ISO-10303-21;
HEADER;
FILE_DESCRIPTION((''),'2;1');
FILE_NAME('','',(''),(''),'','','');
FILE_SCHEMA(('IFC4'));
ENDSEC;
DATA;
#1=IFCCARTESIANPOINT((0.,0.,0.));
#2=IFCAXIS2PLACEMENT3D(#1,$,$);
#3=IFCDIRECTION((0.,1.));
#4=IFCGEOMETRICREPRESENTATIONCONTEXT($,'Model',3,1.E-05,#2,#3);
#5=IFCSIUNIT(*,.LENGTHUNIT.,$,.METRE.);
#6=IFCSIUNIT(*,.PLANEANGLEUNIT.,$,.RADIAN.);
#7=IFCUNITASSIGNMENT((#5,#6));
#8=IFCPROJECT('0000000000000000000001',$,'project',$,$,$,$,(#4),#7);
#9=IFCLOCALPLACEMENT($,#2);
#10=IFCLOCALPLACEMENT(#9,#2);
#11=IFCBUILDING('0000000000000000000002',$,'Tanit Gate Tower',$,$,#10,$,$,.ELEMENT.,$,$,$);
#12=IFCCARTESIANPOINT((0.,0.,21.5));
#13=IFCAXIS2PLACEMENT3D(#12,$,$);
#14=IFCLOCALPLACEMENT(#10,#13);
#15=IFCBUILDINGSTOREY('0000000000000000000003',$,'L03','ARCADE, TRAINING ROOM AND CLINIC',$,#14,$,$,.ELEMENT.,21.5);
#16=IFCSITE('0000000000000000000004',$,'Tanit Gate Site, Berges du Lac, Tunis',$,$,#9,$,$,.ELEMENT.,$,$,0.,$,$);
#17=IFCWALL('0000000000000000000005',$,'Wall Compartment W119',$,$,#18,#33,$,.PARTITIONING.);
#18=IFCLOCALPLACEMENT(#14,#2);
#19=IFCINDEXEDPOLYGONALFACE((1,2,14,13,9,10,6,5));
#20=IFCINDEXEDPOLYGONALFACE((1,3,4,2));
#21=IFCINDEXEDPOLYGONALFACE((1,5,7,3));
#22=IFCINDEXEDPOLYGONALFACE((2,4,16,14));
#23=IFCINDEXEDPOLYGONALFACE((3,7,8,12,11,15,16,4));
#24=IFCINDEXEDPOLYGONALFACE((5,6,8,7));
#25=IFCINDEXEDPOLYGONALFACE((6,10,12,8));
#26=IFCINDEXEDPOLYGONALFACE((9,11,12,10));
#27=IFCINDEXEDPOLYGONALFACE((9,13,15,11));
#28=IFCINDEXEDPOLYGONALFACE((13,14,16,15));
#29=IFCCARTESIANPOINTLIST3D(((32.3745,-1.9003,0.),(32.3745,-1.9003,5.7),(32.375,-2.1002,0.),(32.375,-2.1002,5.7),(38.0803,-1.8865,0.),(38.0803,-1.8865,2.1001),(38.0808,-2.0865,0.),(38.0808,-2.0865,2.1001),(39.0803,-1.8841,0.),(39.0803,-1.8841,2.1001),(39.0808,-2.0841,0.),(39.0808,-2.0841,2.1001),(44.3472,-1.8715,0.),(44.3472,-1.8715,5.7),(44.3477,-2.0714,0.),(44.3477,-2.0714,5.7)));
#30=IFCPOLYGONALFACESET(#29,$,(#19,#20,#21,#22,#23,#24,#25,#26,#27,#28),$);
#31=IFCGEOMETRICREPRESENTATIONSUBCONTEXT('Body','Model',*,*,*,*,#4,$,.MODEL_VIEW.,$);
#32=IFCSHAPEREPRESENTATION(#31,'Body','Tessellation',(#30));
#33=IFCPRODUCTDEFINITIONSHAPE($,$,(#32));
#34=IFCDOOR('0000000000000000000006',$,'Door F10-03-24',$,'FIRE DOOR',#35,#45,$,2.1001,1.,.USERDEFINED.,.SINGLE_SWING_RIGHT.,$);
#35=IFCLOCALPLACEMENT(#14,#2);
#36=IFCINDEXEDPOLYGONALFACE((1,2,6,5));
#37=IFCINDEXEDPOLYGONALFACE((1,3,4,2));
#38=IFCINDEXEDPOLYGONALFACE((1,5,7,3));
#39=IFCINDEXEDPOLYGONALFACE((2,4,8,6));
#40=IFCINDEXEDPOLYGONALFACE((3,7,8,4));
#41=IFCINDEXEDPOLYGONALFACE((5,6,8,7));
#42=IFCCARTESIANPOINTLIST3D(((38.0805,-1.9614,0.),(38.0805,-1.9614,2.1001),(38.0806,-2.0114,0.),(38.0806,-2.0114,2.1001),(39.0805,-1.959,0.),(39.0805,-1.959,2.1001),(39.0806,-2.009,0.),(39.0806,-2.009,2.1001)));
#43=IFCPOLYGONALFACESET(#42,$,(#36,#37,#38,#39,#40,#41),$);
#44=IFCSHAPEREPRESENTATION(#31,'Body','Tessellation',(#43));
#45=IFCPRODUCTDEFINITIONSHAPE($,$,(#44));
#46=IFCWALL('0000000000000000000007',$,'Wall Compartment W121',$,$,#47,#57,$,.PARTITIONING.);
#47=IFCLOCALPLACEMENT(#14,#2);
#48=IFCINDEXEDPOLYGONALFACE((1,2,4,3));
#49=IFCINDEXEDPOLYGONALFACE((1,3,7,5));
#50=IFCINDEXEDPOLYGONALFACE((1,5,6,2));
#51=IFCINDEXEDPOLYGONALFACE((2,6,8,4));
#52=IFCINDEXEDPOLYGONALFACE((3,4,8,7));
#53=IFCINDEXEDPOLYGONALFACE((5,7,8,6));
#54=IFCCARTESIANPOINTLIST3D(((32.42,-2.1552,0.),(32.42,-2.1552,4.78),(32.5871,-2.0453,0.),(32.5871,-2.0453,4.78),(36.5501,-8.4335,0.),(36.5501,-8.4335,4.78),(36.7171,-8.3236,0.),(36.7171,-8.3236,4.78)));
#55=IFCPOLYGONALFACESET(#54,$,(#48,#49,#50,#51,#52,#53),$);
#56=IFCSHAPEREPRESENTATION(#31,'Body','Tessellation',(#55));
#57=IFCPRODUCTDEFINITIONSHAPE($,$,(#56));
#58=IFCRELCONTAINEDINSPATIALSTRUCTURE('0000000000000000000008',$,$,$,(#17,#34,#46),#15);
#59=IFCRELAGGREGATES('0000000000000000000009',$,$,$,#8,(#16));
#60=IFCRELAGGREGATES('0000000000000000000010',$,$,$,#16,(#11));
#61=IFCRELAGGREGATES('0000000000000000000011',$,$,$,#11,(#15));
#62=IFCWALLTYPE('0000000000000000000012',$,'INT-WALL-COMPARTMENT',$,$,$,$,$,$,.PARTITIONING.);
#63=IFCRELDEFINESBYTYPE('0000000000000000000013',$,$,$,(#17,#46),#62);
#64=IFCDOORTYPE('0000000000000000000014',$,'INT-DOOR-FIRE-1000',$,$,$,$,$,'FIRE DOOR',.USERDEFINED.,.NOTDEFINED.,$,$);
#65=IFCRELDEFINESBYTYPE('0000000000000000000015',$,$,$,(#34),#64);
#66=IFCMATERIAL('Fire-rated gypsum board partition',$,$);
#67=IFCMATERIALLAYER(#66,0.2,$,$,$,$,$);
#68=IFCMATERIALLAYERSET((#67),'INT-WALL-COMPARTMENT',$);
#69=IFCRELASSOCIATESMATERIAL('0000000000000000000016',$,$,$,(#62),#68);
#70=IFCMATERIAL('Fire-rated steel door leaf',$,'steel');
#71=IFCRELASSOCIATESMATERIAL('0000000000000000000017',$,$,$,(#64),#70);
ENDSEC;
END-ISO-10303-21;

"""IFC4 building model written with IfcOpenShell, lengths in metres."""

from ifc_helpers import new_model, si_unit, direction, frame, frame_2d, origin, place, context, subcontext, project, spatial, rectangle, extrude, material, layer, layer_set, type_object, element, fill, save


model = new_model("IFC4")

# Units and contexts
model_context = context("Model", 3, precision=1e-05, world=origin(), true_north=direction((0.0, 1.0)))
body_context = subcontext(model_context, "Body", "Model", "MODEL_VIEW")
ifc_project = project(units=[si_unit("LENGTHUNIT", "METRE"), si_unit("PLANEANGLEUNIT", "RADIAN")], contexts=[model_context])

# Site, building, storey
site_placement = place(None, origin())
site = spatial("IfcSite", under=ifc_project, at=site_placement, Name="Tanit Gate Site, Berges du Lac, Tunis", CompositionType="ELEMENT", RefElevation=0.0)
building_placement = place(site_placement, origin())
building = spatial("IfcBuilding", under=site, at=building_placement, Name="Tanit Gate Tower", CompositionType="ELEMENT")
storey_placement = place(building_placement, frame((0.0, 0.0, 21.5)))
storey = spatial("IfcBuildingStorey", under=building, at=storey_placement, Name="L03", Description="ARCADE, TRAINING ROOM AND CLINIC", CompositionType="ELEMENT", Elevation=21.5)

# Wall, opening, door
ifc_material_1 = material(Name="Fire-rated gypsum board partition")
ifc_layer_1 = layer(ifc_material_1, 0.2)
ifc_layer_set_1 = layer_set([ifc_layer_1], Name="INT-WALL-COMPARTMENT")
wall_type_1 = type_object("IfcWallType", Name="INT-WALL-COMPARTMENT", PredefinedType="PARTITIONING", material=ifc_layer_set_1)
ifc_material_2 = material(Name="Fire-rated steel door leaf", Category="steel")
door_type = type_object("IfcDoorType", Name="INT-DOOR-FIRE-1000", ElementType="FIRE DOOR", OperationType="NOTDEFINED", PredefinedType="USERDEFINED", material=ifc_material_2)
wall_1_placement = place(storey_placement, frame((44.3474, -1.9714, 0.0), z_axis=(0.0, 0.0, 1.0), x_axis=(-0.999997, -0.002406, 0.0)))
wall_1 = element("IfcWall", 1, at=wall_1_placement, inside=storey, type_object=wall_type_1, Name="Wall Compartment W119", PredefinedType="PARTITIONING", context=body_context, shape_type="SweptSolid", body=[
    extrude(rectangle(XDim=11.9727, YDim=0.2, at=frame_2d((5.9863, 0.0))), origin(), (0.0, 0.0, 1.0), 5.7),
])
opening_1_placement = place(wall_1_placement, frame((5.2668, 0.0, 0.0)))
opening_1 = element("IfcOpeningElement", 2, at=opening_1_placement, cuts=wall_1, PredefinedType="OPENING", context=body_context, shape_type="SweptSolid", body=[
    extrude(rectangle(XDim=1.0, YDim=2.1001, at=frame_2d((0.5, 1.05))), frame((0.0, 0.1099, 0.0), z_axis=(0.0, -1.0, 0.0), x_axis=(1.0, 0.0, 0.0)), (0.0, 0.0, 1.0), 0.22),
])
door_1_placement = place(opening_1_placement, origin())
door_1 = element("IfcDoor", 3, at=door_1_placement, inside=storey, type_object=door_type, Name="Door F10-03-24", ObjectType="FIRE DOOR", OperationType="SINGLE_SWING_RIGHT", OverallHeight=2.1001, OverallWidth=1.0, PredefinedType="USERDEFINED", context=body_context, shape_type="SweptSolid", body=[
    extrude(rectangle(XDim=1.0, YDim=2.1001, at=frame_2d((0.5, 1.05))), frame((0.0, 0.0249, 0.0), z_axis=(0.0, -1.0, 0.0), x_axis=(1.0, 0.0, 0.0)), (0.0, 0.0, 1.0), 0.05),
])
fill(opening_1, door_1)

# Wall
wall_2_placement = place(storey_placement, frame((36.6335, -8.3784, 0.0), z_axis=(0.0, 0.0, 1.0), x_axis=(-0.549584, 0.835438, 0.0)))
element("IfcWall", 4, at=wall_2_placement, inside=storey, type_object=wall_type_1, Name="Wall Compartment W121", PredefinedType="PARTITIONING", context=body_context, shape_type="SweptSolid", body=[
    extrude(rectangle(XDim=7.5149, YDim=0.2, at=frame_2d((3.7573, 0.0))), origin(), (0.0, 0.0, 1.0), 4.78),
])

save(model, "model.ifc")
